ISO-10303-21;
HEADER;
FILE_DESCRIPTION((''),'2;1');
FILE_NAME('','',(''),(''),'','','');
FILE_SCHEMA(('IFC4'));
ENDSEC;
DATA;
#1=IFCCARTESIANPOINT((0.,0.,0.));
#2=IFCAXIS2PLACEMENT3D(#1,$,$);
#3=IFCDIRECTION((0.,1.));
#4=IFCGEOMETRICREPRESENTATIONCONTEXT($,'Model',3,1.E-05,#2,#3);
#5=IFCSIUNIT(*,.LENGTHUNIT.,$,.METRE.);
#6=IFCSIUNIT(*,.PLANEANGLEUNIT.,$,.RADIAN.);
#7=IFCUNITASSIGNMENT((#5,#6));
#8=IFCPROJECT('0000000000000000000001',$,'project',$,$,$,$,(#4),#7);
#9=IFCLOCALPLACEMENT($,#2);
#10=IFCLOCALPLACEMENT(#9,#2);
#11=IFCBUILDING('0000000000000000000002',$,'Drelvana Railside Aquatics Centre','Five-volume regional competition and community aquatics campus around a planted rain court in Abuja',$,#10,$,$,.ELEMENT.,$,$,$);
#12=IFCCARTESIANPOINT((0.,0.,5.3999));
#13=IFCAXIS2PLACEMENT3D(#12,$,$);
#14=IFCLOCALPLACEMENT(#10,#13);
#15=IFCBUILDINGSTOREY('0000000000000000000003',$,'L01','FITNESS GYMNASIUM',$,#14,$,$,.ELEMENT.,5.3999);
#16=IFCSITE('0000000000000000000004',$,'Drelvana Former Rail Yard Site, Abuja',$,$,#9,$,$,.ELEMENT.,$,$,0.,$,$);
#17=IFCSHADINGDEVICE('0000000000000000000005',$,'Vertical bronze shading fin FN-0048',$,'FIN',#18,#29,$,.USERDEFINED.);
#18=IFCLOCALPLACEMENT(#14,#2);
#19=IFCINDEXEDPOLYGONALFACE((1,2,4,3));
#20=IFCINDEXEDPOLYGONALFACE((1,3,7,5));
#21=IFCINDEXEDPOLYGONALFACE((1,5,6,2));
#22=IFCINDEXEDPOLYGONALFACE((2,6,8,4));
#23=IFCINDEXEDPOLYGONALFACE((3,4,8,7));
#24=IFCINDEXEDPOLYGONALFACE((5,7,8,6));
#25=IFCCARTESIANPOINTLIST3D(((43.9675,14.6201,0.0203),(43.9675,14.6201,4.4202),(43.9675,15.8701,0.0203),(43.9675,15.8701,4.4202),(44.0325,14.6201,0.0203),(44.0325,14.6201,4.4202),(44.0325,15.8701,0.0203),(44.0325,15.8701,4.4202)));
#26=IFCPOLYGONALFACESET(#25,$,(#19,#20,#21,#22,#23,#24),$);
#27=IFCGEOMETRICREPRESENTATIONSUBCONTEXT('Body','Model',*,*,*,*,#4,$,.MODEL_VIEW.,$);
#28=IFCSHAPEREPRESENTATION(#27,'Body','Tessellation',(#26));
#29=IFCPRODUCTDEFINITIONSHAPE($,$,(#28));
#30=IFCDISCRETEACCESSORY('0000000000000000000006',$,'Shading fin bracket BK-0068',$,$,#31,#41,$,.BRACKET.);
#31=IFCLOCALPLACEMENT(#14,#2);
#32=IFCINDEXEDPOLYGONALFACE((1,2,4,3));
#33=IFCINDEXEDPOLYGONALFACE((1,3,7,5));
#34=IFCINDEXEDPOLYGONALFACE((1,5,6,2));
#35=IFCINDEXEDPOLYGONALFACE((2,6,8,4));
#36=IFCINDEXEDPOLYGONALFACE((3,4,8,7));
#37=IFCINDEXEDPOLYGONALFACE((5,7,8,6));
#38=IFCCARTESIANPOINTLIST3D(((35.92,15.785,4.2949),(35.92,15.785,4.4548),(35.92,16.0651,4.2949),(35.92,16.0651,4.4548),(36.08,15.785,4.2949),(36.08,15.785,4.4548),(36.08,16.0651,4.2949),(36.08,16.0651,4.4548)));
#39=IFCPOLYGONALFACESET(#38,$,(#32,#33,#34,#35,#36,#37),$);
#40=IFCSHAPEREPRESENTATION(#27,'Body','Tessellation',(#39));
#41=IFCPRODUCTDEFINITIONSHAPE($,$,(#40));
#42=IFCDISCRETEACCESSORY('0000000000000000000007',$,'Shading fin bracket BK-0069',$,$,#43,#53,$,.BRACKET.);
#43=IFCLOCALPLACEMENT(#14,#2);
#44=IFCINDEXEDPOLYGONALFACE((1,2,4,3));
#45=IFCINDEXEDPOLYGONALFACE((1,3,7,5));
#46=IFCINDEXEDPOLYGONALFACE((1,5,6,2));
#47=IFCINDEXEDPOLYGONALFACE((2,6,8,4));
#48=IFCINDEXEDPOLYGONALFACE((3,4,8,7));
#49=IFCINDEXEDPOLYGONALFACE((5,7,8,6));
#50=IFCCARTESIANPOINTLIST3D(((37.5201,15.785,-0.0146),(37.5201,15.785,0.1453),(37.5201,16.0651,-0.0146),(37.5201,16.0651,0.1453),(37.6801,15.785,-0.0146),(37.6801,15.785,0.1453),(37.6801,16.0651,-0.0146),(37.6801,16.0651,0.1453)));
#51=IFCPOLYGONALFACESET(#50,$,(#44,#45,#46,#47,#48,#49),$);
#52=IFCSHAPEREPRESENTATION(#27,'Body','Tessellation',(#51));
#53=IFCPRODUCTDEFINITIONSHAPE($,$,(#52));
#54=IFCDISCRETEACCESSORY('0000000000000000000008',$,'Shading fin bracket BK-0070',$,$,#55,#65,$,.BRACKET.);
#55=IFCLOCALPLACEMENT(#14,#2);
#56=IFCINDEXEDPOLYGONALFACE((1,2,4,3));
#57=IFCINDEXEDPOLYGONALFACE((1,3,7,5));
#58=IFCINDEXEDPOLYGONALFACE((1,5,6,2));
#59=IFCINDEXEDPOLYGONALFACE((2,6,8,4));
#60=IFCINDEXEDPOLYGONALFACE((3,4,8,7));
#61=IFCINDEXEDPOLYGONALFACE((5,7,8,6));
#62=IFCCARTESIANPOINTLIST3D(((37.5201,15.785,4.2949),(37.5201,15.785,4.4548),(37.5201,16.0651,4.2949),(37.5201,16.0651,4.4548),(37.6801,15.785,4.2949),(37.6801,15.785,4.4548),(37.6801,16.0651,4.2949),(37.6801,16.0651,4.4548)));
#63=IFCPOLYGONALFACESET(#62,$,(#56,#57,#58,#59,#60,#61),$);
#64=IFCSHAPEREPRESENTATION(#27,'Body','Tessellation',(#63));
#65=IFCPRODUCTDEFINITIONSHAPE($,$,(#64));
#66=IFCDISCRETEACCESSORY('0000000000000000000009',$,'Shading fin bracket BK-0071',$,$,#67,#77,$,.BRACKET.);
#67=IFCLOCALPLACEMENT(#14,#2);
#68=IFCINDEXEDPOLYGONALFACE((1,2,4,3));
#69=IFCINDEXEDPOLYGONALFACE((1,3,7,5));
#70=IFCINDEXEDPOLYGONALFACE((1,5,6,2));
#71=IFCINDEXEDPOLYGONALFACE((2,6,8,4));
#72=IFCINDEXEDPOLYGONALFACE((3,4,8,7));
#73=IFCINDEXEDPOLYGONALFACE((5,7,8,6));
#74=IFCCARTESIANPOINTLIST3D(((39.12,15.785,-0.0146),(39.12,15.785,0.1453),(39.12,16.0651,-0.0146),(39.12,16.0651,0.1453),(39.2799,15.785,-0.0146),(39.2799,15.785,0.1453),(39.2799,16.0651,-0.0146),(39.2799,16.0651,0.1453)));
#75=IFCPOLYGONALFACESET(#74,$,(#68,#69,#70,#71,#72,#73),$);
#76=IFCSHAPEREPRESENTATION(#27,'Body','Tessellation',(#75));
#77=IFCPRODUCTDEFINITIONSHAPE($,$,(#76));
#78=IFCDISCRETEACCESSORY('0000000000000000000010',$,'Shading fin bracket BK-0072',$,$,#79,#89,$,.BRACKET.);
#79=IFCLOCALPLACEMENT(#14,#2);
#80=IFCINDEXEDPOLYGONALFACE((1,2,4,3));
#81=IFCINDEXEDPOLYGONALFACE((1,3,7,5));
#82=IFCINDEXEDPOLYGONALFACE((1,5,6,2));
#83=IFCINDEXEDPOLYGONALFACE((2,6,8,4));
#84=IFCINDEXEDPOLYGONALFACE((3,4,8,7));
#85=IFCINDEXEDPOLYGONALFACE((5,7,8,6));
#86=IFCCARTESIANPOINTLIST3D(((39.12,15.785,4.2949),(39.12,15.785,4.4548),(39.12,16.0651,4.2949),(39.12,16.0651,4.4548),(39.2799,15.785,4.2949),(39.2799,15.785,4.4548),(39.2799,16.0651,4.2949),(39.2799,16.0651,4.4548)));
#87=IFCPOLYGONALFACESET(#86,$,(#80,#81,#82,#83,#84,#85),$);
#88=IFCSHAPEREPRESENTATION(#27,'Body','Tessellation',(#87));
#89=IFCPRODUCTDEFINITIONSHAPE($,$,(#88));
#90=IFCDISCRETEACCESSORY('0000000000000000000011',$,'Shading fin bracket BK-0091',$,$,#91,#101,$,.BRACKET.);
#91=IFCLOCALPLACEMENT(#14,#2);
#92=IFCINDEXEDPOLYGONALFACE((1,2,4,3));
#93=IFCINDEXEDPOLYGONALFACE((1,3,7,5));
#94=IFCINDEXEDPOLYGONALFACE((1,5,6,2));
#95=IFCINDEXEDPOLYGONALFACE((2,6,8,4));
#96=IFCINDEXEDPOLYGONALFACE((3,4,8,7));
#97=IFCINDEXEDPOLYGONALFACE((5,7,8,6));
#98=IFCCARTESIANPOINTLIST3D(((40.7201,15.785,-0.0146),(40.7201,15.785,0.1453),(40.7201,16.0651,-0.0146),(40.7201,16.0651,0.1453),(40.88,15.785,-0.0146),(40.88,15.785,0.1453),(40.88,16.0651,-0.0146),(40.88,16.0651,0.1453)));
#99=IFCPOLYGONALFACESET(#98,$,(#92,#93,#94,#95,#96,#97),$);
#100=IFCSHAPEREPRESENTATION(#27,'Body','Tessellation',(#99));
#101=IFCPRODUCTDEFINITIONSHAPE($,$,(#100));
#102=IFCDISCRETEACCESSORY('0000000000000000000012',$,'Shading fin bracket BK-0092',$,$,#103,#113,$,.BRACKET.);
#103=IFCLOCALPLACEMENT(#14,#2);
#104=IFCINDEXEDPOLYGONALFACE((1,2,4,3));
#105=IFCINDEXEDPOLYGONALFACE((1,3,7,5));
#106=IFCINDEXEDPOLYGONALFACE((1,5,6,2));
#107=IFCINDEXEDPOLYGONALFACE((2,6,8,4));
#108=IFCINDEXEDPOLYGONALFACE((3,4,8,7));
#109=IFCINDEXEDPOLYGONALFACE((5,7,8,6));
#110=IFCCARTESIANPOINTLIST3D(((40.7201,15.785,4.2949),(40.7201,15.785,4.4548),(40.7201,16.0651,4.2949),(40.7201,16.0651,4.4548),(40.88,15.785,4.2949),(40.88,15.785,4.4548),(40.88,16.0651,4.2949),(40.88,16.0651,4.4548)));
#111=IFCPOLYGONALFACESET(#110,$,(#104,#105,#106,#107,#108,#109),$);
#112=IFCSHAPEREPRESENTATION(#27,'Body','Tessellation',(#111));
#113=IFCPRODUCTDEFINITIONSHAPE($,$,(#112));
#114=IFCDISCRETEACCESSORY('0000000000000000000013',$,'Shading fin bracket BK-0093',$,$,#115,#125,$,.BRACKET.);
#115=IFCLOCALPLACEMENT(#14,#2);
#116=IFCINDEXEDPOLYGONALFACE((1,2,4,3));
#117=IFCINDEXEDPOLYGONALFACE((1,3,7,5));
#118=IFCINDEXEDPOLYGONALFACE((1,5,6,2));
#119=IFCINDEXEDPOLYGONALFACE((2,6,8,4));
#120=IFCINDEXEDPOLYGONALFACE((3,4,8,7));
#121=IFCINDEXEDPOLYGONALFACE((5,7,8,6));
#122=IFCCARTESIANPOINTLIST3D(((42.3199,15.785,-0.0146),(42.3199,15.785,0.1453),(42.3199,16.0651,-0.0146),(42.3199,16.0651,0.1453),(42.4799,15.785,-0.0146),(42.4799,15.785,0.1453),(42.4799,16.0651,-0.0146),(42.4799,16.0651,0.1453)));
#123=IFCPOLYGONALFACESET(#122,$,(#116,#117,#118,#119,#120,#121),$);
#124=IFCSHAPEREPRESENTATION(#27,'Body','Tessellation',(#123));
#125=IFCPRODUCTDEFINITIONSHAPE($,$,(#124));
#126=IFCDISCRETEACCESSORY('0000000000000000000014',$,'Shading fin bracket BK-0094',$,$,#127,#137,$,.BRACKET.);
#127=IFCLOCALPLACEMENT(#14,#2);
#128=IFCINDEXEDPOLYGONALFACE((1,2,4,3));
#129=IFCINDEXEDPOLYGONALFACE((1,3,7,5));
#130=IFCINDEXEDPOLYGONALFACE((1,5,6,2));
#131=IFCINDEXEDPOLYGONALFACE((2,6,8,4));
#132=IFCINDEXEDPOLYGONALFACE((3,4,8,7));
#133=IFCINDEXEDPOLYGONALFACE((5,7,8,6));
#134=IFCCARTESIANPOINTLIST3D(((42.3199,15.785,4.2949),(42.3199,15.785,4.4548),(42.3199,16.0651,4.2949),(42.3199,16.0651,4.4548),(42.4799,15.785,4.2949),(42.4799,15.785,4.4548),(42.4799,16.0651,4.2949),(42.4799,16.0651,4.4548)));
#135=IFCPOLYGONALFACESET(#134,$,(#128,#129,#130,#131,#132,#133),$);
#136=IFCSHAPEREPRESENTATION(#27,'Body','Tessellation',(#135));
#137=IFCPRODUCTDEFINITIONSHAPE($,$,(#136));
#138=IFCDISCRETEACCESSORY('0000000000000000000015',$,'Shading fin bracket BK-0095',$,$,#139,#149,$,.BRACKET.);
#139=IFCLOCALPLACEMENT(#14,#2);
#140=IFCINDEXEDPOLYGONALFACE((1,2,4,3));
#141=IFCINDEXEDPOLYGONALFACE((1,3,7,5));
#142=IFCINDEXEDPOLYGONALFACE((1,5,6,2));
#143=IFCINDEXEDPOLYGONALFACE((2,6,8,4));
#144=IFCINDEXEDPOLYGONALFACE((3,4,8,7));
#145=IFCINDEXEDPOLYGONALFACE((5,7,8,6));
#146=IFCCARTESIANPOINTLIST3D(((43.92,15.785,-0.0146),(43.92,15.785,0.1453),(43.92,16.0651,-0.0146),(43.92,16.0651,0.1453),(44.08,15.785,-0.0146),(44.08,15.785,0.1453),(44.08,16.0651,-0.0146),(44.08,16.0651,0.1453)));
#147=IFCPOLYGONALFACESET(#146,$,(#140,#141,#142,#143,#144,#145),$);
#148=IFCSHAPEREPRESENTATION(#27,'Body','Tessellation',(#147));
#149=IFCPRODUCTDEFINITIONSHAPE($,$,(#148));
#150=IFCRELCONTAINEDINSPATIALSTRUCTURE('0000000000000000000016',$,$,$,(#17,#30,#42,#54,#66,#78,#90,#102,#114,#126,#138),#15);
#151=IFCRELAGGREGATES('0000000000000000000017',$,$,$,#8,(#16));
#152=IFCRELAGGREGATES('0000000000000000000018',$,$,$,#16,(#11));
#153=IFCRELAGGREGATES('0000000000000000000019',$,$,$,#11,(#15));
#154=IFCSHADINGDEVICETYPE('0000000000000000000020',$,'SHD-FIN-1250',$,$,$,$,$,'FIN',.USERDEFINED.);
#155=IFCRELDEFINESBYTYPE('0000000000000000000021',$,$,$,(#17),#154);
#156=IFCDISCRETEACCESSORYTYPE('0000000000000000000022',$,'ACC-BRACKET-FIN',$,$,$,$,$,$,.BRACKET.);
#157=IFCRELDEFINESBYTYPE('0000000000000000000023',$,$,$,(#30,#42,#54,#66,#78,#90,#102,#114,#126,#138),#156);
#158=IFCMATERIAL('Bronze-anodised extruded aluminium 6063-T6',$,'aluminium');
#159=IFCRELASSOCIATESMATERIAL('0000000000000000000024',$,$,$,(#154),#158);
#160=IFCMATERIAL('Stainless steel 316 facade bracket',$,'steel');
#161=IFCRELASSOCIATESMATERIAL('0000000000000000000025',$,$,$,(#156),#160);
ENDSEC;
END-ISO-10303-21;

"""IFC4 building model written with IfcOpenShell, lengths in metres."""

from ifc_helpers import new_model, si_unit, direction, frame, origin, origin_2d, place, context, subcontext, project, spatial, rectangle, extrude, material, type_object, element, save


model = new_model("IFC4")

# Units and contexts
model_context = context("Model", 3, precision=1e-05, world=origin(), true_north=direction((0.0, 1.0)))
body_context = subcontext(model_context, "Body", "Model", "MODEL_VIEW")
ifc_project = project(units=[si_unit("LENGTHUNIT", "METRE"), si_unit("PLANEANGLEUNIT", "RADIAN")], contexts=[model_context])

# Site, building, storey
site_placement = place(None, origin())
site = spatial("IfcSite", under=ifc_project, at=site_placement, Name="Drelvana Former Rail Yard Site, Abuja", CompositionType="ELEMENT", RefElevation=0.0)
building_placement = place(site_placement, origin())
building = spatial("IfcBuilding", under=site, at=building_placement, Name="Drelvana Railside Aquatics Centre", Description="Five-volume regional competition and community aquatics campus around a planted rain court in Abuja", CompositionType="ELEMENT")
storey_placement = place(building_placement, frame((0.0, 0.0, 5.3999)))
storey = spatial("IfcBuildingStorey", under=building, at=storey_placement, Name="L01", Description="FITNESS GYMNASIUM", CompositionType="ELEMENT", Elevation=5.3999)

# Shared definitions
ifc_material_1 = material(Name="Bronze-anodised extruded aluminium 6063-T6", Category="aluminium")

# Shading device
shading_device_type = type_object("IfcShadingDeviceType", Name="SHD-FIN-1250", ElementType="FIN", PredefinedType="USERDEFINED", material=ifc_material_1)
for number, where, z_axis, x_axis, name in (
    (1, (44.0, 15.2451, 0.0203), (0.0, 0.0, 1.0), (0.0, -1.0, 0.0), "Vertical bronze shading fin FN-0048"),
):
    element("IfcShadingDevice", number, at=place(storey_placement, frame(where, z_axis=z_axis, x_axis=x_axis)), inside=storey, type_object=shading_device_type, Name=name, ObjectType="FIN", PredefinedType="USERDEFINED", context=body_context, shape_type="SweptSolid", body=[
        extrude(rectangle(XDim=1.25, YDim=0.0649, at=origin_2d()), origin(), (0.0, 0.0, 1.0), 4.3999),
    ])

# Discrete accessories
ifc_material_2 = material(Name="Stainless steel 316 facade bracket", Category="steel")
discrete_accessory_type = type_object("IfcDiscreteAccessoryType", Name="ACC-BRACKET-FIN", PredefinedType="BRACKET", material=ifc_material_2)
for number, where, z_axis, x_axis, name in (
    (2, (36.0, 15.925, 4.2949), (0.0, 0.0, 1.0), (0.0, -1.0, 0.0), "Shading fin bracket BK-0068"),
    (3, (37.6001, 15.925, -0.0146), (0.0, 0.0, 1.0), (0.0, -1.0, 0.0), "Shading fin bracket BK-0069"),
    (4, (37.6001, 15.925, 4.2949), (0.0, 0.0, 1.0), (0.0, -1.0, 0.0), "Shading fin bracket BK-0070"),
    (5, (39.2, 15.925, -0.0146), (0.0, 0.0, 1.0), (0.0, -1.0, 0.0), "Shading fin bracket BK-0071"),
    (6, (39.2, 15.925, 4.2949), (0.0, 0.0, 1.0), (0.0, -1.0, 0.0), "Shading fin bracket BK-0072"),
    (7, (40.8, 15.925, -0.0146), (0.0, 0.0, 1.0), (0.0, -1.0, 0.0), "Shading fin bracket BK-0091"),
    (8, (40.8, 15.925, 4.2949), (0.0, 0.0, 1.0), (0.0, -1.0, 0.0), "Shading fin bracket BK-0092"),
    (9, (42.3999, 15.925, -0.0146), (0.0, 0.0, 1.0), (0.0, -1.0, 0.0), "Shading fin bracket BK-0093"),
    (10, (42.3999, 15.925, 4.2949), (0.0, 0.0, 1.0), (0.0, -1.0, 0.0), "Shading fin bracket BK-0094"),
    (11, (44.0, 15.925, -0.0146), (0.0, 0.0, 1.0), (0.0, -1.0, 0.0), "Shading fin bracket BK-0095"),
):
    element("IfcDiscreteAccessory", number, at=place(storey_placement, frame(where, z_axis=z_axis, x_axis=x_axis)), inside=storey, type_object=discrete_accessory_type, Name=name, PredefinedType="BRACKET", context=body_context, shape_type="SweptSolid", body=[
        extrude(rectangle(XDim=0.28, YDim=0.1599, at=origin_2d()), origin(), (0.0, 0.0, 1.0), 0.1599),
    ])

save(model, "model.ifc")
